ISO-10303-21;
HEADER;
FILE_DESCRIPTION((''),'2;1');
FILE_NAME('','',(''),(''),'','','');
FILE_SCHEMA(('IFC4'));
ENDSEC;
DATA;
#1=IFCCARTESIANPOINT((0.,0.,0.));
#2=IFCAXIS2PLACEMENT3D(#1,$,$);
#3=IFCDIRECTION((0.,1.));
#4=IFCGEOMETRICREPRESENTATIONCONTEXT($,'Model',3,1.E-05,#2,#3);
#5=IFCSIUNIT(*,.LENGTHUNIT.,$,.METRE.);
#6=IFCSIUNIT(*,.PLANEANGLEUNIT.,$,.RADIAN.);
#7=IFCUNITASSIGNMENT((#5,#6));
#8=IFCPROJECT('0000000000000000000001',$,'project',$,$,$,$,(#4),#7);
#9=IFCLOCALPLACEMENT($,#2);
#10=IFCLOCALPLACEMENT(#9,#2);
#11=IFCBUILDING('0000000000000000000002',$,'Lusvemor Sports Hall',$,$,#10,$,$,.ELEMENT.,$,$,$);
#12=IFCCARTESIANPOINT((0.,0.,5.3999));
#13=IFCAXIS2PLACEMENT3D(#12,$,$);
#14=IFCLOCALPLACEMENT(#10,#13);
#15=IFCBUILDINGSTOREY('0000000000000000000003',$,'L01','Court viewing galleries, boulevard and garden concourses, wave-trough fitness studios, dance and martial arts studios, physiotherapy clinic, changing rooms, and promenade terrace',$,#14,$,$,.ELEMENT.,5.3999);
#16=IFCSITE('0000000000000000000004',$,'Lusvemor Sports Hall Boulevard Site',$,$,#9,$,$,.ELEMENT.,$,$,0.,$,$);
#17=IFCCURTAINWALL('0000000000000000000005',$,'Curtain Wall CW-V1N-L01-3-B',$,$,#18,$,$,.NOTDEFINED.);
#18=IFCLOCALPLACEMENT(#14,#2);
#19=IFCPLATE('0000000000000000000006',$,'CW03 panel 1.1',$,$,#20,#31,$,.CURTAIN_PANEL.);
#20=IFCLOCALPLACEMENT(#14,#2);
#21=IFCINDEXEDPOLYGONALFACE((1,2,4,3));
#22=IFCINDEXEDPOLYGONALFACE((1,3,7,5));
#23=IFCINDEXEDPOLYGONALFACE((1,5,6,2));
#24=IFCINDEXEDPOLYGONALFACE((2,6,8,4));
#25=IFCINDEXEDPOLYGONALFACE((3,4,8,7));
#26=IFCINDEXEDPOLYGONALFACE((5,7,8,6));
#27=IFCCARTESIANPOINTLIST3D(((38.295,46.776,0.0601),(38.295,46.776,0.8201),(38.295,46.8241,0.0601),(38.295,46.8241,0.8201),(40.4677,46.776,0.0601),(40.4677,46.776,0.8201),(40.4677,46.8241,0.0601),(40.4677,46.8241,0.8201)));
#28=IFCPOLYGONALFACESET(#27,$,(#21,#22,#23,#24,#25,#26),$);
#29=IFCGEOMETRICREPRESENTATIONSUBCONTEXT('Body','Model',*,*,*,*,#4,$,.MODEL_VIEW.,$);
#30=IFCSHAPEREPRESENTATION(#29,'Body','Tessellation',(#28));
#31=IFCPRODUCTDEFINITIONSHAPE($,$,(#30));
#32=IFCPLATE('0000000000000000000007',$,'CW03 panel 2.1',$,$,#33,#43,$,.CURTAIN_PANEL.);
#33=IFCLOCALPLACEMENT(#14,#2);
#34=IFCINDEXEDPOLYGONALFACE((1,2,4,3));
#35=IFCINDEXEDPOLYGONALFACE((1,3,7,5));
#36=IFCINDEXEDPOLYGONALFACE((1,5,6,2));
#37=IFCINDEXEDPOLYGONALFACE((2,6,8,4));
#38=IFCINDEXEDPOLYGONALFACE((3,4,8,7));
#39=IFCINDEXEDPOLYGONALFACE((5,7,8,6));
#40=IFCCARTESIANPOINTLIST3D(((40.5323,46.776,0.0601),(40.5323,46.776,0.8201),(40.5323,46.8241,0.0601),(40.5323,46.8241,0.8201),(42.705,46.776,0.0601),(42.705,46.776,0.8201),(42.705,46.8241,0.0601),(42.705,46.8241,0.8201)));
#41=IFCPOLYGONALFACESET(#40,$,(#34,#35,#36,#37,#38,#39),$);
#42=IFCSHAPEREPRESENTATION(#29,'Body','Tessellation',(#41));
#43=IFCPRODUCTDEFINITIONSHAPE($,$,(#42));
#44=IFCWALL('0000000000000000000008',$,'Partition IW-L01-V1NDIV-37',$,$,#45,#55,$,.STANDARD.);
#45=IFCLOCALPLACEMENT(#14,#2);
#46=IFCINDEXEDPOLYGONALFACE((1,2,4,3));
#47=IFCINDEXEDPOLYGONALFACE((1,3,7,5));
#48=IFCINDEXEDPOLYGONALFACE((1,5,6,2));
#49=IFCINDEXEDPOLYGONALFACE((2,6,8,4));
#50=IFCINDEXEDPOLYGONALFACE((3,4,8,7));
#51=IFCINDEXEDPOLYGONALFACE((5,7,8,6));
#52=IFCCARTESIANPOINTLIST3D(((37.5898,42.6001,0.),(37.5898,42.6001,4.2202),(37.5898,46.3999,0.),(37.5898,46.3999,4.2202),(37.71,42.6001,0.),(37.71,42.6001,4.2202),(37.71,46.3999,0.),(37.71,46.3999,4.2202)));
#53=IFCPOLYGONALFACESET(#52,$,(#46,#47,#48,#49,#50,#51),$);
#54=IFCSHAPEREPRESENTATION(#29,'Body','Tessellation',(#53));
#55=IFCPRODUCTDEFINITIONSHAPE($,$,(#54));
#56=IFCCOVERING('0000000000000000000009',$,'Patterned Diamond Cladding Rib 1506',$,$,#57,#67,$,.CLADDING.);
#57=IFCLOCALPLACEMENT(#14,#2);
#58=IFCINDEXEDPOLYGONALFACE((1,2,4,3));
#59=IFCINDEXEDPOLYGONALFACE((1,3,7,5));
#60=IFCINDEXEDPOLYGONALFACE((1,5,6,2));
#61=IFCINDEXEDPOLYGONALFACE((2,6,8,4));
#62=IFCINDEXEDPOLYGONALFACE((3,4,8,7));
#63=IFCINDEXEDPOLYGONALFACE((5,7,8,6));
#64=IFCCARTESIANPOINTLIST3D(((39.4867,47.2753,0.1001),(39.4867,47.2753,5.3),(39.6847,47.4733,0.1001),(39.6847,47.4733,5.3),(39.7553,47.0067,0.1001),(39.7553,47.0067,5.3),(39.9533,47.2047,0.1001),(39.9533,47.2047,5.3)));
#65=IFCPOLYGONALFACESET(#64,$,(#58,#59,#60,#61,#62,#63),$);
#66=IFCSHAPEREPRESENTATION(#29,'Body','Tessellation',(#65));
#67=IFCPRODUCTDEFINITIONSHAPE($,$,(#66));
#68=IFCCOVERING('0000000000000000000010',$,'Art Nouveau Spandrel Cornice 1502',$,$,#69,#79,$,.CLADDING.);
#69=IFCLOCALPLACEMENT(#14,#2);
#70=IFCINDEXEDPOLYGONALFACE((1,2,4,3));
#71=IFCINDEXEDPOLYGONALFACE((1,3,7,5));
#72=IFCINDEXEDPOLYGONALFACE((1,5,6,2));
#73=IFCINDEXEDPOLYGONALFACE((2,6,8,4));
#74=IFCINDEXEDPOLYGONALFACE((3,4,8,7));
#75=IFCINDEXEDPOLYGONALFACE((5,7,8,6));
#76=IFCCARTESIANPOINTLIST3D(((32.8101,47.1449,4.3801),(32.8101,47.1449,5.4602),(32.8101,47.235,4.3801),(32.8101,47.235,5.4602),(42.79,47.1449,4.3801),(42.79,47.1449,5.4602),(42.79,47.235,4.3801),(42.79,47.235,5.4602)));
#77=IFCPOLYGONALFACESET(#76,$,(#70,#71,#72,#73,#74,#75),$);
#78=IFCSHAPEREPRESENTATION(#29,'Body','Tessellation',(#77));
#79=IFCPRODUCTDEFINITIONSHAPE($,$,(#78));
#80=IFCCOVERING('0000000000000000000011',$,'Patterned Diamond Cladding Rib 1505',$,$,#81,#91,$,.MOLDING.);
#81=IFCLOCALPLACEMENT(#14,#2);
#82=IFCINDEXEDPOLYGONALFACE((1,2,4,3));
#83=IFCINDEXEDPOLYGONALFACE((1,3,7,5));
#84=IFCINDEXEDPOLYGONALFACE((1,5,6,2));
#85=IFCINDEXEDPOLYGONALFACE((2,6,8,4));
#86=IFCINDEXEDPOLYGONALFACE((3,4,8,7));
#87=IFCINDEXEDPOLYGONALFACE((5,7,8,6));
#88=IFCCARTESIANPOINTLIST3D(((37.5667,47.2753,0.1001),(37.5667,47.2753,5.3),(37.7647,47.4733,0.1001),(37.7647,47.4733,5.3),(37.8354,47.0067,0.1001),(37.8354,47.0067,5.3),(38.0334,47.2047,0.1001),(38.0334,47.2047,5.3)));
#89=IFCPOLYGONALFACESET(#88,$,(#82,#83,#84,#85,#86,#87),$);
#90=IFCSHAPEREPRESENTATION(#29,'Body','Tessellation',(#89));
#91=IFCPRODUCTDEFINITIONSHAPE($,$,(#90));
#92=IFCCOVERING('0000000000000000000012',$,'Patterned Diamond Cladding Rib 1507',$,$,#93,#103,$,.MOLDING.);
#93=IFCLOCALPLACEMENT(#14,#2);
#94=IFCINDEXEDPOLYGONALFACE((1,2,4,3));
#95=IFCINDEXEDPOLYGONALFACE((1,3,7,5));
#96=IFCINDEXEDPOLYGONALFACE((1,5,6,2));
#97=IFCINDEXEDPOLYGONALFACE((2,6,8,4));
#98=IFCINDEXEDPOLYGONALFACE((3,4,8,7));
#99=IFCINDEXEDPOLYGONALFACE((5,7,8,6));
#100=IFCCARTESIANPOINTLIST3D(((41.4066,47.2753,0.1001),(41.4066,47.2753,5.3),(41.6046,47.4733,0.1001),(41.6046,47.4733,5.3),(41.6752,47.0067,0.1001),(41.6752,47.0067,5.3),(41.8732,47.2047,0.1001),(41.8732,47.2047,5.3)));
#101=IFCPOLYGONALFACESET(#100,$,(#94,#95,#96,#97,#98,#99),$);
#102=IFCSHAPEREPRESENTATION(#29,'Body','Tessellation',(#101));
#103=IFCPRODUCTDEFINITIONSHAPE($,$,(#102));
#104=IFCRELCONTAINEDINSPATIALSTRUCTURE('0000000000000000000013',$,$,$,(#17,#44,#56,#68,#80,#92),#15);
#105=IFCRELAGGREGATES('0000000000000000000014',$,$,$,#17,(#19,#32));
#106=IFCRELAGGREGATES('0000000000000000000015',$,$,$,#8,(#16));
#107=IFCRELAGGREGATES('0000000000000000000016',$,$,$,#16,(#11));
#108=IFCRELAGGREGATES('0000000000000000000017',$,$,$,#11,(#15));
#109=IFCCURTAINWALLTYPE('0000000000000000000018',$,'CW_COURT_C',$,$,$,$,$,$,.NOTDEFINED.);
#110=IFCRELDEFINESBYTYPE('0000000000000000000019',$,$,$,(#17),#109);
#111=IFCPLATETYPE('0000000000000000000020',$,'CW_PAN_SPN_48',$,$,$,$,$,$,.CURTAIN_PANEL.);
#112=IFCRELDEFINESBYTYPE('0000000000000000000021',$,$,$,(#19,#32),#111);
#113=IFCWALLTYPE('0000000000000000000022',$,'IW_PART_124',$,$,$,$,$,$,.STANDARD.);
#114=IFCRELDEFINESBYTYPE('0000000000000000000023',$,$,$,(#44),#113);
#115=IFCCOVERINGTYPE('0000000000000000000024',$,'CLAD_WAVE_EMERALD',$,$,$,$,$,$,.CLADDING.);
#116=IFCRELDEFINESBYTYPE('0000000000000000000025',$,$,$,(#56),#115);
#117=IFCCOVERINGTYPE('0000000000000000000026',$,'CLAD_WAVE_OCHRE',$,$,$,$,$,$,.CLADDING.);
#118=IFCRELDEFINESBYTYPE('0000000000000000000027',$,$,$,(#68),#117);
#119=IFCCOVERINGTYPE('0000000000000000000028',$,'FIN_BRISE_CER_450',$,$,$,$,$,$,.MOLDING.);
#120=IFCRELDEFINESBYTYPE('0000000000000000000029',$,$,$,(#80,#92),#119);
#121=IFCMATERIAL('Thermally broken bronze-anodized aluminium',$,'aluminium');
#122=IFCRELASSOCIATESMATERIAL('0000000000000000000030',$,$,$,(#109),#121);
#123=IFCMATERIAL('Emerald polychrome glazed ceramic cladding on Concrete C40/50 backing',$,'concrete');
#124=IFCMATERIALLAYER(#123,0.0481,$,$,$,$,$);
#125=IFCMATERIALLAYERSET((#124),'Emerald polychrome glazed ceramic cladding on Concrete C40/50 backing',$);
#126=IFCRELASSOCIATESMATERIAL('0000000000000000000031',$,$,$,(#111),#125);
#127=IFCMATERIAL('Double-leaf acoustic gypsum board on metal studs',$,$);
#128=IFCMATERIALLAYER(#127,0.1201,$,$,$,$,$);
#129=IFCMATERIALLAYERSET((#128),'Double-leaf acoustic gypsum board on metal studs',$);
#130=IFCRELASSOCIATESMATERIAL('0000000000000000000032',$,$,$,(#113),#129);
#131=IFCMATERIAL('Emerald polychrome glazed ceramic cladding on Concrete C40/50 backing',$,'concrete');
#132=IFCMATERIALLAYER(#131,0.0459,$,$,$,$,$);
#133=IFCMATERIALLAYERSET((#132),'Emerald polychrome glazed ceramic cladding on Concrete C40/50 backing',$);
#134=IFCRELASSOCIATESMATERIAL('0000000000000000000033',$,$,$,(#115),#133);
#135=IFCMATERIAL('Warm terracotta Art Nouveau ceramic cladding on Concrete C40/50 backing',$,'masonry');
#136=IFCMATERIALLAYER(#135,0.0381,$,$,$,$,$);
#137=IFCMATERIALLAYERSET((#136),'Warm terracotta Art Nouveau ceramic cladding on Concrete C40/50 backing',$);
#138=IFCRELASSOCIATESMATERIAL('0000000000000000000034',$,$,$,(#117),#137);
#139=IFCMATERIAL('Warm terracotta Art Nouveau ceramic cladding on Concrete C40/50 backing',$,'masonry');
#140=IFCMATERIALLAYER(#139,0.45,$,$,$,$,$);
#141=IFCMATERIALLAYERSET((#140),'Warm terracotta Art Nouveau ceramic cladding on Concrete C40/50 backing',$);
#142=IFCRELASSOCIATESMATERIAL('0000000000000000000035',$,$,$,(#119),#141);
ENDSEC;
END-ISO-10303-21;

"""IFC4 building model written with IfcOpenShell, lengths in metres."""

from ifc_helpers import new_model, si_unit, direction, frame, frame_2d, origin, origin_2d, place, context, subcontext, project, spatial, rectangle, extrude, material, layer, layer_set, type_object, element, aggregate, save


model = new_model("IFC4")

# Units and contexts
model_context = context("Model", 3, precision=1e-05, world=origin(), true_north=direction((0.0, 1.0)))
body_context = subcontext(model_context, "Body", "Model", "MODEL_VIEW")
ifc_project = project(units=[si_unit("LENGTHUNIT", "METRE"), si_unit("PLANEANGLEUNIT", "RADIAN")], contexts=[model_context])

# Site, building, storey
site_placement = place(None, origin())
site = spatial("IfcSite", under=ifc_project, at=site_placement, Name="Lusvemor Sports Hall Boulevard Site", CompositionType="ELEMENT", RefElevation=0.0)
building_placement = place(site_placement, origin())
building = spatial("IfcBuilding", under=site, at=building_placement, Name="Lusvemor Sports Hall", CompositionType="ELEMENT")
storey_placement = place(building_placement, frame((0.0, 0.0, 5.3999)))
storey = spatial("IfcBuildingStorey", under=building, at=storey_placement, Name="L01", Description="Court viewing galleries, boulevard and garden concourses, wave-trough fitness studios, dance and martial arts studios, physiotherapy clinic, changing rooms, and promenade terrace", CompositionType="ELEMENT", Elevation=5.3999)

# Shared definitions
ifc_material_1 = material(Name="Thermally broken bronze-anodized aluminium", Category="aluminium")
curtain_wall_type = type_object("IfcCurtainWallType", Name="CW_COURT_C", PredefinedType="NOTDEFINED", material=ifc_material_1)

# Curtain wall
curtain_wall_1_placement = place(storey_placement, origin())
curtain_wall_1 = element("IfcCurtainWall", 1, at=curtain_wall_1_placement, inside=storey, type_object=curtain_wall_type, Name="Curtain Wall CW-V1N-L01-3-B", PredefinedType="NOTDEFINED")

# Plates
ifc_material_2 = material(Name="Emerald polychrome glazed ceramic cladding on Concrete C40/50 backing", Category="concrete")
ifc_layer_1 = layer(ifc_material_2, 0.0481)
ifc_layer_set_1 = layer_set([ifc_layer_1], Name="Emerald polychrome glazed ceramic cladding on Concrete C40/50 backing")
plate_type_1 = type_object("IfcPlateType", Name="CW_PAN_SPN_48", PredefinedType="CURTAIN_PANEL", material=ifc_layer_set_1)
plate_1_placement = place(storey_placement, frame((39.3813, 46.8, 0.0601), z_axis=(0.0, 0.0, 1.0), x_axis=(1.0, 0.0, 0.0)))
plate_1 = element("IfcPlate", 2, at=plate_1_placement, type_object=plate_type_1, Name="CW03 panel 1.1", PredefinedType="CURTAIN_PANEL", context=body_context, shape_type="SweptSolid", body=[
    extrude(rectangle(XDim=2.1726, YDim=0.0481, at=origin_2d()), origin(), (0.0, 0.0, 1.0), 0.76),
])
plate_2_placement = place(storey_placement, frame((41.6187, 46.8, 0.0601), z_axis=(0.0, 0.0, 1.0), x_axis=(1.0, 0.0, 0.0)))
plate_2 = element("IfcPlate", 3, at=plate_2_placement, type_object=plate_type_1, Name="CW03 panel 2.1", PredefinedType="CURTAIN_PANEL", context=body_context, shape_type="SweptSolid", body=[
    extrude(rectangle(XDim=2.1726, YDim=0.0481, at=origin_2d()), origin(), (0.0, 0.0, 1.0), 0.76),
])
aggregate(curtain_wall_1, [plate_1, plate_2])

# Wall
ifc_material_3 = material(Name="Double-leaf acoustic gypsum board on metal studs")
ifc_layer_2 = layer(ifc_material_3, 0.1201)
ifc_layer_set_2 = layer_set([ifc_layer_2], Name="Double-leaf acoustic gypsum board on metal studs")
wall_type_1 = type_object("IfcWallType", Name="IW_PART_124", PredefinedType="STANDARD", material=ifc_layer_set_2)
wall_1_placement = place(storey_placement, frame((37.6499, 42.6001, 0.0), z_axis=(0.0, 0.0, 1.0), x_axis=(0.0, 1.0, 0.0)))
element("IfcWall", 4, at=wall_1_placement, inside=storey, type_object=wall_type_1, Name="Partition IW-L01-V1NDIV-37", PredefinedType="STANDARD", context=body_context, shape_type="SweptSolid", body=[
    extrude(rectangle(XDim=3.7998, YDim=0.1201, at=frame_2d((1.8999, 0.0))), origin(), (0.0, 0.0, 1.0), 4.2202),
])

# Coverings
ifc_material_4 = material(Name="Emerald polychrome glazed ceramic cladding on Concrete C40/50 backing", Category="concrete")
ifc_layer_3 = layer(ifc_material_4, 0.0459)
ifc_layer_set_3 = layer_set([ifc_layer_3], Name="Emerald polychrome glazed ceramic cladding on Concrete C40/50 backing")
covering_type_1 = type_object("IfcCoveringType", Name="CLAD_WAVE_EMERALD", PredefinedType="CLADDING", material=ifc_layer_set_3)
covering_1_placement = place(storey_placement, frame((39.72, 47.24, 0.1001), z_axis=(0.0, 0.0, 1.0), x_axis=(0.707107, 0.707107, 0.0)))
element("IfcCovering", 5, at=covering_1_placement, inside=storey, type_object=covering_type_1, Name="Patterned Diamond Cladding Rib 1506", PredefinedType="CLADDING", context=body_context, shape_type="SweptSolid", body=[
    extrude(rectangle(XDim=0.28, YDim=0.3799, at=origin_2d()), origin(), (0.0, 0.0, 1.0), 5.2),
])
ifc_material_5 = material(Name="Warm terracotta Art Nouveau ceramic cladding on Concrete C40/50 backing", Category="masonry")
ifc_layer_4 = layer(ifc_material_5, 0.0381)
ifc_layer_set_4 = layer_set([ifc_layer_4], Name="Warm terracotta Art Nouveau ceramic cladding on Concrete C40/50 backing")
covering_type_2 = type_object("IfcCoveringType", Name="CLAD_WAVE_OCHRE", PredefinedType="CLADDING", material=ifc_layer_set_4)
covering_2_placement = place(storey_placement, frame((37.8, 47.1899, 4.3801), z_axis=(0.0, 0.0, 1.0), x_axis=(1.0, 0.0, 0.0)))
element("IfcCovering", 6, at=covering_2_placement, inside=storey, type_object=covering_type_2, Name="Art Nouveau Spandrel Cornice 1502", PredefinedType="CLADDING", context=body_context, shape_type="SweptSolid", body=[
    extrude(rectangle(XDim=9.98, YDim=0.0901, at=origin_2d()), origin(), (0.0, 0.0, 1.0), 1.0801),
])
ifc_material_6 = material(Name="Warm terracotta Art Nouveau ceramic cladding on Concrete C40/50 backing", Category="masonry")
ifc_layer_5 = layer(ifc_material_6, 0.45)
ifc_layer_set_5 = layer_set([ifc_layer_5], Name="Warm terracotta Art Nouveau ceramic cladding on Concrete C40/50 backing")
covering_type_3 = type_object("IfcCoveringType", Name="FIN_BRISE_CER_450", PredefinedType="MOLDING", material=ifc_layer_set_5)
for number, where, z_axis, x_axis, name in (
    (7, (37.8, 47.24, 0.1001), (0.0, 0.0, 1.0), (0.707107, 0.707107, 0.0), "Patterned Diamond Cladding Rib 1505"),
    (8, (41.6399, 47.24, 0.1001), (0.0, 0.0, 1.0), (0.707107, 0.707107, 0.0), "Patterned Diamond Cladding Rib 1507"),
):
    element("IfcCovering", number, at=place(storey_placement, frame(where, z_axis=z_axis, x_axis=x_axis)), inside=storey, type_object=covering_type_3, Name=name, PredefinedType="MOLDING", context=body_context, shape_type="SweptSolid", body=[
        extrude(rectangle(XDim=0.28, YDim=0.3799, at=origin_2d()), origin(), (0.0, 0.0, 1.0), 5.2),
    ])

save(model, "model.ifc")
